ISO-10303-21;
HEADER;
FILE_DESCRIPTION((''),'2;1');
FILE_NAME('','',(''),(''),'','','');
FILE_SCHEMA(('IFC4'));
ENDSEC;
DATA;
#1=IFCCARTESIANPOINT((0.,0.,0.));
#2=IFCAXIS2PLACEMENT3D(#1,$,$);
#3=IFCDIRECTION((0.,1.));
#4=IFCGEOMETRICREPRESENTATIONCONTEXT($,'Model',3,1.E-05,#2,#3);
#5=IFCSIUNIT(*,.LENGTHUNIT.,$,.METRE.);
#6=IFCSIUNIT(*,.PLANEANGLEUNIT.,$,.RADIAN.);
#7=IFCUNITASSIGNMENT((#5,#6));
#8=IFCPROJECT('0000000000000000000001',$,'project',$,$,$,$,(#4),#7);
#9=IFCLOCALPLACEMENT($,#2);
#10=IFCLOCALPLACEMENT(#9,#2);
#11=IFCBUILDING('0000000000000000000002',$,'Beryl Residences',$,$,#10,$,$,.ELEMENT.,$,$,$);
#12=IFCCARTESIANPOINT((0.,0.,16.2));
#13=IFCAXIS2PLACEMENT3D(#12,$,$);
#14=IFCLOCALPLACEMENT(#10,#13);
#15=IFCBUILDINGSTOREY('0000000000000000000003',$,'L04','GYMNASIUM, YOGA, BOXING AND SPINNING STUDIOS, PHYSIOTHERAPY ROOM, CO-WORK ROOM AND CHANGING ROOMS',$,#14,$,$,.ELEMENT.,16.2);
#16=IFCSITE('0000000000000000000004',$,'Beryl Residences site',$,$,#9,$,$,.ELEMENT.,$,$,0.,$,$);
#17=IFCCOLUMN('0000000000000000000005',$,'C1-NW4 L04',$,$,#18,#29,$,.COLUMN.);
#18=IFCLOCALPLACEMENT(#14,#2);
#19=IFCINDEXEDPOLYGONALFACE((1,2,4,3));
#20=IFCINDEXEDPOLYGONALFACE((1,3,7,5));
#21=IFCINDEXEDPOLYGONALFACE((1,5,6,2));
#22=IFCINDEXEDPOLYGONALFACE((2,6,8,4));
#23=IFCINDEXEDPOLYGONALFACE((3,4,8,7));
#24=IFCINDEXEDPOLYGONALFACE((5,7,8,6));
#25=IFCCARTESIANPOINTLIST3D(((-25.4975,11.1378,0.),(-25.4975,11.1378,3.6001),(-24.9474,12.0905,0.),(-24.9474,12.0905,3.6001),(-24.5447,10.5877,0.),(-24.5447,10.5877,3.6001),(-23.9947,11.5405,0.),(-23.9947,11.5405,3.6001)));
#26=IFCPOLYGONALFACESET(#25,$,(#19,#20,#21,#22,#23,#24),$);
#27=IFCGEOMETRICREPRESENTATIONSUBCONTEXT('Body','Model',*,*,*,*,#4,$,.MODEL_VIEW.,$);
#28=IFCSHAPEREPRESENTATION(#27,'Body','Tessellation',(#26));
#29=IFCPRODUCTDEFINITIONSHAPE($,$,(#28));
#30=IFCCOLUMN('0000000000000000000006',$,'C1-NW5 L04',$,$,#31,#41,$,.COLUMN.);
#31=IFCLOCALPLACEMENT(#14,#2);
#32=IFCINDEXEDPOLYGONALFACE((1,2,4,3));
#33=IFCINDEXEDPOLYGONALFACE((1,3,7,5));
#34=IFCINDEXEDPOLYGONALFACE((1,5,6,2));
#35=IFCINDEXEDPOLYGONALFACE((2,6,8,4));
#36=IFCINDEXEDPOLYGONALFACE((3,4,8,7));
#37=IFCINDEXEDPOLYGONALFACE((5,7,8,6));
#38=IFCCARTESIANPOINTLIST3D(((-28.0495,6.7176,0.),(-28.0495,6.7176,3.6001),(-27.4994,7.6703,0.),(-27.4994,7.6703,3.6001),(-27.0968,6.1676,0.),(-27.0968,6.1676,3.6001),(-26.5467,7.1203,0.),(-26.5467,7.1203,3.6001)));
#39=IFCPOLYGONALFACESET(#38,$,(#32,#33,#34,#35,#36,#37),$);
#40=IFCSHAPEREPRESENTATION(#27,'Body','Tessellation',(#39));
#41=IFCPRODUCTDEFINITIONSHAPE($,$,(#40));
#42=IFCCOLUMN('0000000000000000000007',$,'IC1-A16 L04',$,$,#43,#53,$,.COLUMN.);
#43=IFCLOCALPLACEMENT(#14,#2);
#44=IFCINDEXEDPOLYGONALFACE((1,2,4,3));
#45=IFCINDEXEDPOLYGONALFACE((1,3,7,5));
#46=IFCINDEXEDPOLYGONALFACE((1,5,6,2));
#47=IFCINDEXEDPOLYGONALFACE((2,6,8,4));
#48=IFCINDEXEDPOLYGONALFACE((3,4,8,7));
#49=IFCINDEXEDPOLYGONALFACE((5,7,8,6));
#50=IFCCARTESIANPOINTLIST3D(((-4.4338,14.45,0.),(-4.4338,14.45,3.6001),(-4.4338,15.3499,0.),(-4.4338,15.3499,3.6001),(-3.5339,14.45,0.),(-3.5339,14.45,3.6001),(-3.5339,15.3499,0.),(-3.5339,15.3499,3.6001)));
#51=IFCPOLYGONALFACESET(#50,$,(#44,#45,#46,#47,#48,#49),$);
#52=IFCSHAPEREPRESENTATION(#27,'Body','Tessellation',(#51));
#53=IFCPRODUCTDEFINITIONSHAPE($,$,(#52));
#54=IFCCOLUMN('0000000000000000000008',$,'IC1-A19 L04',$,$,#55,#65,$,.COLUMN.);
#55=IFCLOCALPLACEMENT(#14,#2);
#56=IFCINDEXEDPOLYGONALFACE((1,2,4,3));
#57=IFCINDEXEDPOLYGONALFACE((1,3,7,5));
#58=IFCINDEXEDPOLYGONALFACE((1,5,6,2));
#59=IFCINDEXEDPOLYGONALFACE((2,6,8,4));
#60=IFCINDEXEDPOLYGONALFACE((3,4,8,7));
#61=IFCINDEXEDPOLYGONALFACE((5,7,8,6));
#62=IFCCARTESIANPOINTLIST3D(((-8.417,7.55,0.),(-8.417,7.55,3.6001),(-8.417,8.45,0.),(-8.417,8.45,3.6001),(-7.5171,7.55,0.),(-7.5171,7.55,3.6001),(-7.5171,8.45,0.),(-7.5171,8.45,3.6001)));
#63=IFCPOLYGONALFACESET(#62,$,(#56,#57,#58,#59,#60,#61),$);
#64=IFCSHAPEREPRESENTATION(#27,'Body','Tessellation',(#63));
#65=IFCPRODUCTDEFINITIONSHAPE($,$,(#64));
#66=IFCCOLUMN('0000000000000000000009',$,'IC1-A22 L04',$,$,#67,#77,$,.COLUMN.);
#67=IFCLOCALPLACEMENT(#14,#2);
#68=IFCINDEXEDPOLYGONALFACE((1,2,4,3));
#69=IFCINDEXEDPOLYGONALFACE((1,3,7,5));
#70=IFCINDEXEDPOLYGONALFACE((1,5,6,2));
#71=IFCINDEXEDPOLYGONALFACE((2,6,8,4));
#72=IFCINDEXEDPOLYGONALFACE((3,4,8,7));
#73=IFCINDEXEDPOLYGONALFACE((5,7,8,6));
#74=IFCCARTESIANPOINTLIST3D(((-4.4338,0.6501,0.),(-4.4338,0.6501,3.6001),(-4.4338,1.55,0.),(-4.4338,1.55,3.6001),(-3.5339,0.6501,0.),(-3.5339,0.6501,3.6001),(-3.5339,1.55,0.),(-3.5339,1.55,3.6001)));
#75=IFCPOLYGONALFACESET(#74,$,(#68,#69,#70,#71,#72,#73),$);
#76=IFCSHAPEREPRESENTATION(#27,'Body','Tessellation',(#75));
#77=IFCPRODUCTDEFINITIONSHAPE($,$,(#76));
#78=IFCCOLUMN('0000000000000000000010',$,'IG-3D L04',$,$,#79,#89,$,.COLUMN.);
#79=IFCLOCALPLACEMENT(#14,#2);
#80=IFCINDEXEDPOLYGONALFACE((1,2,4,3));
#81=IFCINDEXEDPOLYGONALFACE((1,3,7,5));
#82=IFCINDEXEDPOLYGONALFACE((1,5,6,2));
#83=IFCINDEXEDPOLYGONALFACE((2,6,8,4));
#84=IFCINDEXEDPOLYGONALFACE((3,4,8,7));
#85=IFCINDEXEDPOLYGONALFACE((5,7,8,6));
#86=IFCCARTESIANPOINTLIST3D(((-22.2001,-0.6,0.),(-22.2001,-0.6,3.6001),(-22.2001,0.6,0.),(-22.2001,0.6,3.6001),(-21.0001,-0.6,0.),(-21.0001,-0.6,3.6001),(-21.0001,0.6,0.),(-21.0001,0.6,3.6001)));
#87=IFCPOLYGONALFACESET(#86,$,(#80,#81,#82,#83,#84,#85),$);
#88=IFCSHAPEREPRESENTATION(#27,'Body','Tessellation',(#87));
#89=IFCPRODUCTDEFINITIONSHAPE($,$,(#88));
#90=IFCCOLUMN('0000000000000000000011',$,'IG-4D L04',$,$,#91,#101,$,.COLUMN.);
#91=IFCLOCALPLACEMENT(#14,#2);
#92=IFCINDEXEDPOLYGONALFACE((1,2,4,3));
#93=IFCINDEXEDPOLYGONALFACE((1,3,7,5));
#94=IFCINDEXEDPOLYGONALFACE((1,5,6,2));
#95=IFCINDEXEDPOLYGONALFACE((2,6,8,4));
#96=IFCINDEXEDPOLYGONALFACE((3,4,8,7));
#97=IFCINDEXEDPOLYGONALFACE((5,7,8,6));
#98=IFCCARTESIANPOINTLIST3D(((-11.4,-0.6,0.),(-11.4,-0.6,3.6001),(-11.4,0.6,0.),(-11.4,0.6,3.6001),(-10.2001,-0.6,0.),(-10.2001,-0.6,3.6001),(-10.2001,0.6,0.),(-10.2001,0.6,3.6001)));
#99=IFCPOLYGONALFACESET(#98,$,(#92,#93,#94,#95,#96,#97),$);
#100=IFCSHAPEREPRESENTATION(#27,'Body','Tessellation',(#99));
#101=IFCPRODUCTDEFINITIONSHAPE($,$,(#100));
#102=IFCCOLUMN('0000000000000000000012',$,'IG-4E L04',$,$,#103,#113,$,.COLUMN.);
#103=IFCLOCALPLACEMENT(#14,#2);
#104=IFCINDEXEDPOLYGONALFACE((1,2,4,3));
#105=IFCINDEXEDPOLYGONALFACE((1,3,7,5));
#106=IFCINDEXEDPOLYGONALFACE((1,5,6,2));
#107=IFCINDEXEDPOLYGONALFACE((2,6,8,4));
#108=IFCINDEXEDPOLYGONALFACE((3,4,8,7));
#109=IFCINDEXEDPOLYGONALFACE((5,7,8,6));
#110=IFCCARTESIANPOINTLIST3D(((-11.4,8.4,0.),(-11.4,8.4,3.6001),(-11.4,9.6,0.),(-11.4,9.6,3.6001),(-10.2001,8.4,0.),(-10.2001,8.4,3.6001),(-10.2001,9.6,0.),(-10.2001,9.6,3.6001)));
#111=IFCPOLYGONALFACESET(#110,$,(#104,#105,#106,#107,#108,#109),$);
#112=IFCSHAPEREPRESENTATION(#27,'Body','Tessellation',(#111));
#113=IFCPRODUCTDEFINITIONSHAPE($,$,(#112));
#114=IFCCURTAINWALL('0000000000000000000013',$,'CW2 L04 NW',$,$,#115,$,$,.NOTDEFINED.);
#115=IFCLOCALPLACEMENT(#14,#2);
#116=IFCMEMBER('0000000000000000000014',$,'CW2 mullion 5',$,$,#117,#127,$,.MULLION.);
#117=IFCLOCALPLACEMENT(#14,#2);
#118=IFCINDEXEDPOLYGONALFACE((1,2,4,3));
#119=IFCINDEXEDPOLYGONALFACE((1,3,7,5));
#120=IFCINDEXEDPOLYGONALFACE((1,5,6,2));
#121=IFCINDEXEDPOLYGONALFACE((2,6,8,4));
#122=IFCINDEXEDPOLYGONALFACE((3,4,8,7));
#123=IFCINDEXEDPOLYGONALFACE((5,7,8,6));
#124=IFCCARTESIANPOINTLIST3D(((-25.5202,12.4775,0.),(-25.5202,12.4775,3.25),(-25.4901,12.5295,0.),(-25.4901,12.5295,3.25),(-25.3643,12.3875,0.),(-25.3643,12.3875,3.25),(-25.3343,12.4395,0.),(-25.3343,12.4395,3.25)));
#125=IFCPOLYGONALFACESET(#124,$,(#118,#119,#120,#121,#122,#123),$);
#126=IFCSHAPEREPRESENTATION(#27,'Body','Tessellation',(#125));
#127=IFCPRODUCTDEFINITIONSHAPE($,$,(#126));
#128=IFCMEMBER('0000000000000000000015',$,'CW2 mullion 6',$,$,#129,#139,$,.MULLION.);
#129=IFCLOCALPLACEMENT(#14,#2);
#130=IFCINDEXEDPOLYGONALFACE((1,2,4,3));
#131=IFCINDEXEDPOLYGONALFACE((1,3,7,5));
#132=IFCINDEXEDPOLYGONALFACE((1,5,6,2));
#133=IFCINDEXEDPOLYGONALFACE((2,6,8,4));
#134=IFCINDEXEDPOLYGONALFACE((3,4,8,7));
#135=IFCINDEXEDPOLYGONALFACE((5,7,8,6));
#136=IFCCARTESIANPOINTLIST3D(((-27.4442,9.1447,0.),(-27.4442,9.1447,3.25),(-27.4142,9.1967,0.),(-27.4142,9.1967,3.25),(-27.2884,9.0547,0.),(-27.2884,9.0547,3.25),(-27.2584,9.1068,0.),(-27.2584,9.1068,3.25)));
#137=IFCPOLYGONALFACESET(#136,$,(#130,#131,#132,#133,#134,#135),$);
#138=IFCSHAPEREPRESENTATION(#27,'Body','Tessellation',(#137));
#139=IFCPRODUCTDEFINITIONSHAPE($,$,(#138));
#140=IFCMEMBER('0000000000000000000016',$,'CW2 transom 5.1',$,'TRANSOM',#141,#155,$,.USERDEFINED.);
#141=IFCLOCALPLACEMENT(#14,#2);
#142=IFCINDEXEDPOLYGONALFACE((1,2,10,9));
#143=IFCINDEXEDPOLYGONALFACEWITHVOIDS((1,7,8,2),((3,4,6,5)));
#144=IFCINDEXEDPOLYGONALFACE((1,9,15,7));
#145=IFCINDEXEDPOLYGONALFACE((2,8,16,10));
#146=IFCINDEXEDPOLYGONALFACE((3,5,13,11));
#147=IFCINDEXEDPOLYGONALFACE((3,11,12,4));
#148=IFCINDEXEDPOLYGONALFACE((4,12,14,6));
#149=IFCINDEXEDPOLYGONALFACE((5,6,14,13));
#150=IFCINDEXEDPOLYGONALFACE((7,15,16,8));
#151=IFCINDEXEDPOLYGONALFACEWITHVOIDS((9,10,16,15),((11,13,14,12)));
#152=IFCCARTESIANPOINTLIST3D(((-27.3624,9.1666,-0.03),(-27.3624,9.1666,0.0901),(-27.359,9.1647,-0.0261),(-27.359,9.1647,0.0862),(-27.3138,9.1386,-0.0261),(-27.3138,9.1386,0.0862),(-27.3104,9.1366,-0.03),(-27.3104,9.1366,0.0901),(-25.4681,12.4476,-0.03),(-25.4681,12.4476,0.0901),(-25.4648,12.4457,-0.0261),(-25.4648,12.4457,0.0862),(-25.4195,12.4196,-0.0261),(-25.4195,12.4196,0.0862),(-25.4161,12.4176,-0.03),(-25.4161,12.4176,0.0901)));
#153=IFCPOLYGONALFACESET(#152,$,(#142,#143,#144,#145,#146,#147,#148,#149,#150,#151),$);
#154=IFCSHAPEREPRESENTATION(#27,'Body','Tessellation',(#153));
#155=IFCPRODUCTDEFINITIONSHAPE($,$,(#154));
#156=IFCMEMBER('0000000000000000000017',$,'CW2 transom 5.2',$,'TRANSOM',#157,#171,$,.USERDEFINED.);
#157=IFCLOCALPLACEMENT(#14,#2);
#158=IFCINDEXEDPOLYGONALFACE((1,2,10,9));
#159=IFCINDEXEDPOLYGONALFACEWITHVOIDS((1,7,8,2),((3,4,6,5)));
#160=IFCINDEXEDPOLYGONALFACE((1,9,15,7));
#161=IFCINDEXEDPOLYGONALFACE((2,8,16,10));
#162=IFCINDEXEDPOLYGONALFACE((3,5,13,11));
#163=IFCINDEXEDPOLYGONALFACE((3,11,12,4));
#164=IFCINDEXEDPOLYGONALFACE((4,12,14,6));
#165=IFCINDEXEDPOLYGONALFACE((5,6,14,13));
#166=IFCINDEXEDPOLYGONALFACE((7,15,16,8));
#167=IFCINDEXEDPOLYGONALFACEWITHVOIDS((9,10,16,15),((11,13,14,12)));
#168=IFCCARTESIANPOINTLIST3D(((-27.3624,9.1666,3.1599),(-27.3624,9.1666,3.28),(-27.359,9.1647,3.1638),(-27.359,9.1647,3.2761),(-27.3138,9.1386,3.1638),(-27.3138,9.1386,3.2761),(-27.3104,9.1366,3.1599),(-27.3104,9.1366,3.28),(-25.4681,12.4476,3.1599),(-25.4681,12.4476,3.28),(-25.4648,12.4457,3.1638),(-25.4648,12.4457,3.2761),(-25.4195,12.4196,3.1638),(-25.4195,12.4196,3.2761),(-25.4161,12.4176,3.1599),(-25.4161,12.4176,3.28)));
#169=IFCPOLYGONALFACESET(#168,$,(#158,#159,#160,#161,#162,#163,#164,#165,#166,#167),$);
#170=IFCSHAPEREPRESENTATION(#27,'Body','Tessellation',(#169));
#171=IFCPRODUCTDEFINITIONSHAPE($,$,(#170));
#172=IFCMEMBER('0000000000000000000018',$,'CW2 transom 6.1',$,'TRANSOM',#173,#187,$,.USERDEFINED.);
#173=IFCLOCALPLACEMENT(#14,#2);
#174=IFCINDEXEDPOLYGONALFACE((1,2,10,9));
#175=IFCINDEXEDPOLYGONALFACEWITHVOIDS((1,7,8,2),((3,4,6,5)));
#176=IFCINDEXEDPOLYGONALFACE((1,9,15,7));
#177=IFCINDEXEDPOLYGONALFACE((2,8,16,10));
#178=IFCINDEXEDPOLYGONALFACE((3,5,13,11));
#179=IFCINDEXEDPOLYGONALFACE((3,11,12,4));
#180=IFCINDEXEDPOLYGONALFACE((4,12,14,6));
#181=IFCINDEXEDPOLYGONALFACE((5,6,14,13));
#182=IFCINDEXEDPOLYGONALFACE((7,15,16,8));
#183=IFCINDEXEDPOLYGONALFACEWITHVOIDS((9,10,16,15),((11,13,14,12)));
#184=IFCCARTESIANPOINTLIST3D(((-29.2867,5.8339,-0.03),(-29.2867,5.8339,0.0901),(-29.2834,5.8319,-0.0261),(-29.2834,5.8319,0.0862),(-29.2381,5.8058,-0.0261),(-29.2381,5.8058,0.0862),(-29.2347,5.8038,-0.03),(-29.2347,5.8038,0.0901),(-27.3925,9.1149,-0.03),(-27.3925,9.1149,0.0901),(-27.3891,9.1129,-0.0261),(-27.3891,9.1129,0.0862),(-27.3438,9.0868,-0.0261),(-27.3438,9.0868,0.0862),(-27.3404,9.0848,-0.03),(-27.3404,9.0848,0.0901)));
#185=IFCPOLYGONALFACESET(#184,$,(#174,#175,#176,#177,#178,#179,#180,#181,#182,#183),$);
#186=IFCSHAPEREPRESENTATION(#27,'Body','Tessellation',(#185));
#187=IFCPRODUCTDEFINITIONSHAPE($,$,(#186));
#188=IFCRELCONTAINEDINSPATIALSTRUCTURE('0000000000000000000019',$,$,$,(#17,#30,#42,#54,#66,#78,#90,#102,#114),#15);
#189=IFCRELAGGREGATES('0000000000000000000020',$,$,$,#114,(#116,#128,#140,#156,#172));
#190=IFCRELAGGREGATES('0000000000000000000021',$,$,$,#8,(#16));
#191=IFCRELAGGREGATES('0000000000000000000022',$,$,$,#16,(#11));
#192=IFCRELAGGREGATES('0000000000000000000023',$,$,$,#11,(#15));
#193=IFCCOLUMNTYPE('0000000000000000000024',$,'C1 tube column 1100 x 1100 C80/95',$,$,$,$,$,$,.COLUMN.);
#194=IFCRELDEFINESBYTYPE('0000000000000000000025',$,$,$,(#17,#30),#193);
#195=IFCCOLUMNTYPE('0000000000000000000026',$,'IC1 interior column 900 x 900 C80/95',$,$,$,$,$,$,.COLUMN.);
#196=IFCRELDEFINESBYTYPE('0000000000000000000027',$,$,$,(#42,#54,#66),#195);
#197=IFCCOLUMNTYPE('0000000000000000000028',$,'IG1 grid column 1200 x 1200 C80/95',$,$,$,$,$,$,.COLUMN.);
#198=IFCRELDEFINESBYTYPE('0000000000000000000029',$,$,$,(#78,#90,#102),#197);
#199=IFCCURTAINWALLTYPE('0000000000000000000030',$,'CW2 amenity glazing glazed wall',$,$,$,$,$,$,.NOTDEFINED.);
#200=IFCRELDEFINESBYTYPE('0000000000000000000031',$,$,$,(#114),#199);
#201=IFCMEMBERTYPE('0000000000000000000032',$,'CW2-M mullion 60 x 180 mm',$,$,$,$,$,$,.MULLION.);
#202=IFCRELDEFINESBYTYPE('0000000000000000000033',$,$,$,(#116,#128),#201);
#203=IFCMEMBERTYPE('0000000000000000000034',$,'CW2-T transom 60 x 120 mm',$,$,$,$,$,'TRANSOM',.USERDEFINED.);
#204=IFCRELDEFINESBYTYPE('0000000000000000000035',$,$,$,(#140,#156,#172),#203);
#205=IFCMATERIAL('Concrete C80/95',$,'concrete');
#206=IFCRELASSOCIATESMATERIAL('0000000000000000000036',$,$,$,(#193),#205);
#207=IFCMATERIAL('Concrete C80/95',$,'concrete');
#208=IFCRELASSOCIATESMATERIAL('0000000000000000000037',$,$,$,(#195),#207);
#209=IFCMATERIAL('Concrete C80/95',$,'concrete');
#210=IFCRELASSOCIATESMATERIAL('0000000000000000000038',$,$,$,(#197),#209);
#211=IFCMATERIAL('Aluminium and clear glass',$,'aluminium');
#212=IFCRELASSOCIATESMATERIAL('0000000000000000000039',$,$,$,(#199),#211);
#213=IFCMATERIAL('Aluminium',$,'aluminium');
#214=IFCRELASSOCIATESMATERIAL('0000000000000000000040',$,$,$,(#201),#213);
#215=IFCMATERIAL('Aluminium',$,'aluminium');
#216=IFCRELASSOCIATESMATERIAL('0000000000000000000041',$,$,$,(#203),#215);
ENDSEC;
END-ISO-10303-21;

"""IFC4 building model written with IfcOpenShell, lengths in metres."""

from ifc_helpers import new_model, si_unit, direction, frame, origin, origin_2d, place, context, subcontext, project, spatial, rectangle, hollow_rectangle, extrude, material, material_profile, profile_set, type_object, element, aggregate, save


model = new_model("IFC4")

# Units and contexts
model_context = context("Model", 3, precision=1e-05, world=origin(), true_north=direction((0.0, 1.0)))
body_context = subcontext(model_context, "Body", "Model", "MODEL_VIEW")
ifc_project = project(units=[si_unit("LENGTHUNIT", "METRE"), si_unit("PLANEANGLEUNIT", "RADIAN")], contexts=[model_context])

# Site, building, storey
site_placement = place(None, origin())
site = spatial("IfcSite", under=ifc_project, at=site_placement, Name="Beryl Residences site", CompositionType="ELEMENT", RefElevation=0.0)
building_placement = place(site_placement, origin())
building = spatial("IfcBuilding", under=site, at=building_placement, Name="Beryl Residences", CompositionType="ELEMENT")
storey_placement = place(building_placement, frame((0.0, 0.0, 16.2)))
storey = spatial("IfcBuildingStorey", under=building, at=storey_placement, Name="L04", Description="GYMNASIUM, YOGA, BOXING AND SPINNING STUDIOS, PHYSIOTHERAPY ROOM, CO-WORK ROOM AND CHANGING ROOMS", CompositionType="ELEMENT", Elevation=16.2)

# Columns
ifc_material_1 = material(Name="Concrete C80/95", Category="concrete")
ifc_material_profile_1 = material_profile(ifc_material_1, rectangle(XDim=1.1001, YDim=1.1001, at=origin_2d()))
ifc_profile_set_1 = profile_set([ifc_material_profile_1], Name="Concrete C80/95")
column_type_1 = type_object("IfcColumnType", Name="C1 tube column 1100 x 1100 C80/95", PredefinedType="COLUMN", material=ifc_profile_set_1)
for number, where, z_axis, x_axis, name in (
    (1, (-24.7461, 11.3391, 0.0), (0.0, 0.0, 1.0), (-0.499985, -0.866034, 0.0), "C1-NW4 L04"),
    (2, (-27.2981, 6.9189, 0.0), (0.0, 0.0, 1.0), (-0.499985, -0.866034, 0.0), "C1-NW5 L04"),
):
    element("IfcColumn", number, at=place(storey_placement, frame(where, z_axis=z_axis, x_axis=x_axis)), inside=storey, type_object=column_type_1, Name=name, PredefinedType="COLUMN", context=body_context, shape_type="SweptSolid", body=[
        extrude(rectangle(XDim=1.1001, YDim=1.1001, at=origin_2d()), origin(), (0.0, 0.0, 1.0), 3.6001),
    ])
ifc_material_2 = material(Name="Concrete C80/95", Category="concrete")
ifc_material_profile_2 = material_profile(ifc_material_2, rectangle(XDim=0.8999, YDim=0.8999, at=origin_2d()))
ifc_profile_set_2 = profile_set([ifc_material_profile_2], Name="Concrete C80/95")
column_type_2 = type_object("IfcColumnType", Name="IC1 interior column 900 x 900 C80/95", PredefinedType="COLUMN", material=ifc_profile_set_2)
for number, where, z_axis, x_axis, name in (
    (3, (-3.9839, 14.8999, 0.0), (0.0, 0.0, 1.0), (1.0, 0.0, 0.0), "IC1-A16 L04"),
    (4, (-7.967, 8.0, 0.0), (0.0, 0.0, 1.0), (1.0, 0.0, 0.0), "IC1-A19 L04"),
    (5, (-3.9839, 1.1001, 0.0), (0.0, 0.0, 1.0), (1.0, 0.0, 0.0), "IC1-A22 L04"),
):
    element("IfcColumn", number, at=place(storey_placement, frame(where, z_axis=z_axis, x_axis=x_axis)), inside=storey, type_object=column_type_2, Name=name, PredefinedType="COLUMN", context=body_context, shape_type="SweptSolid", body=[
        extrude(rectangle(XDim=0.8999, YDim=0.8999, at=origin_2d()), origin(), (0.0, 0.0, 1.0), 3.6001),
    ])
ifc_material_3 = material(Name="Concrete C80/95", Category="concrete")
ifc_material_profile_3 = material_profile(ifc_material_3, rectangle(XDim=1.2, YDim=1.2, at=origin_2d()))
ifc_profile_set_3 = profile_set([ifc_material_profile_3], Name="Concrete C80/95")
column_type_3 = type_object("IfcColumnType", Name="IG1 grid column 1200 x 1200 C80/95", PredefinedType="COLUMN", material=ifc_profile_set_3)
for number, where, z_axis, x_axis, name in (
    (6, (-21.6001, 0.0, 0.0), (0.0, 0.0, 1.0), (1.0, 0.0, 0.0), "IG-3D L04"),
    (7, (-10.8, 0.0, 0.0), (0.0, 0.0, 1.0), (1.0, 0.0, 0.0), "IG-4D L04"),
    (8, (-10.8, 9.0, 0.0), (0.0, 0.0, 1.0), (1.0, 0.0, 0.0), "IG-4E L04"),
):
    element("IfcColumn", number, at=place(storey_placement, frame(where, z_axis=z_axis, x_axis=x_axis)), inside=storey, type_object=column_type_3, Name=name, PredefinedType="COLUMN", context=body_context, shape_type="SweptSolid", body=[
        extrude(rectangle(XDim=1.2, YDim=1.2, at=origin_2d()), origin(), (0.0, 0.0, 1.0), 3.6001),
    ])

# Curtain wall, members
ifc_material_4 = material(Name="Aluminium and clear glass", Category="aluminium")
curtain_wall_type = type_object("IfcCurtainWallType", Name="CW2 amenity glazing glazed wall", PredefinedType="NOTDEFINED", material=ifc_material_4)
curtain_wall_placement = place(storey_placement, origin())
curtain_wall = element("IfcCurtainWall", 9, at=curtain_wall_placement, inside=storey, type_object=curtain_wall_type, Name="CW2 L04 NW", PredefinedType="NOTDEFINED")
ifc_material_5 = material(Name="Aluminium", Category="aluminium")
ifc_material_profile_4 = material_profile(ifc_material_5, rectangle(XDim=0.0601, YDim=0.1799, at=origin_2d()))
ifc_profile_set_4 = profile_set([ifc_material_profile_4], Name="Aluminium")
member_type_1 = type_object("IfcMemberType", Name="CW2-M mullion 60 x 180 mm", PredefinedType="MULLION", material=ifc_profile_set_4)
member_1_placement = place(storey_placement, frame((-25.4272, 12.4585, 0.0), z_axis=(0.0, 0.0, 1.0), x_axis=(-0.500012, -0.866019, 0.0)))
member_1 = element("IfcMember", 10, at=member_1_placement, type_object=member_type_1, Name="CW2 mullion 5", PredefinedType="MULLION", context=body_context, shape_type="SweptSolid", body=[
    extrude(rectangle(XDim=0.0601, YDim=0.1799, at=origin_2d()), origin(), (0.0, 0.0, 1.0), 3.25),
])
member_2_placement = place(storey_placement, frame((-27.3513, 9.1257, 0.0), z_axis=(0.0, 0.0, 1.0), x_axis=(-0.500012, -0.866019, 0.0)))
member_2 = element("IfcMember", 11, at=member_2_placement, type_object=member_type_1, Name="CW2 mullion 6", PredefinedType="MULLION", context=body_context, shape_type="SweptSolid", body=[
    extrude(rectangle(XDim=0.0601, YDim=0.1799, at=origin_2d()), origin(), (0.0, 0.0, 1.0), 3.25),
])
ifc_material_6 = material(Name="Aluminium", Category="aluminium")
ifc_material_profile_5 = material_profile(ifc_material_6, hollow_rectangle(XDim=0.0601, YDim=0.1201, WallThickness=0.0039, at=origin_2d()))
ifc_profile_set_5 = profile_set([ifc_material_profile_5], Name="Aluminium")
member_type_2 = type_object("IfcMemberType", Name="CW2-T transom 60 x 120 mm", ElementType="TRANSOM", PredefinedType="USERDEFINED", material=ifc_profile_set_5)
member_3_placement = place(storey_placement, frame((-25.4421, 12.4326, 0.03), z_axis=(-0.5, -0.866026, 0.0), x_axis=(0.866026, -0.5, 0.0)))
member_3 = element("IfcMember", 12, at=member_3_placement, type_object=member_type_2, Name="CW2 transom 5.1", ObjectType="TRANSOM", PredefinedType="USERDEFINED", context=body_context, shape_type="SweptSolid", body=[
    extrude(hollow_rectangle(XDim=0.0601, YDim=0.1201, WallThickness=0.0039, at=origin_2d()), origin(), (0.0, 0.0, 1.0), 3.7886),
])
member_4_placement = place(storey_placement, frame((-25.4421, 12.4326, 3.22), z_axis=(-0.5, -0.866026, 0.0), x_axis=(0.866026, -0.5, 0.0)))
member_4 = element("IfcMember", 13, at=member_4_placement, type_object=member_type_2, Name="CW2 transom 5.2", ObjectType="TRANSOM", PredefinedType="USERDEFINED", context=body_context, shape_type="SweptSolid", body=[
    extrude(hollow_rectangle(XDim=0.0601, YDim=0.1201, WallThickness=0.0039, at=origin_2d()), origin(), (0.0, 0.0, 1.0), 3.7886),
])
member_5_placement = place(storey_placement, frame((-27.3665, 9.0999, 0.03), z_axis=(-0.5, -0.866026, 0.0), x_axis=(0.866026, -0.5, 0.0)))
member_5 = element("IfcMember", 14, at=member_5_placement, type_object=member_type_2, Name="CW2 transom 6.1", ObjectType="TRANSOM", PredefinedType="USERDEFINED", context=body_context, shape_type="SweptSolid", body=[
    extrude(hollow_rectangle(XDim=0.0601, YDim=0.1201, WallThickness=0.0039, at=origin_2d()), origin(), (0.0, 0.0, 1.0), 3.7886),
])

aggregate(curtain_wall, [member_1, member_2, member_3, member_4, member_5])

save(model, "model.ifc")
